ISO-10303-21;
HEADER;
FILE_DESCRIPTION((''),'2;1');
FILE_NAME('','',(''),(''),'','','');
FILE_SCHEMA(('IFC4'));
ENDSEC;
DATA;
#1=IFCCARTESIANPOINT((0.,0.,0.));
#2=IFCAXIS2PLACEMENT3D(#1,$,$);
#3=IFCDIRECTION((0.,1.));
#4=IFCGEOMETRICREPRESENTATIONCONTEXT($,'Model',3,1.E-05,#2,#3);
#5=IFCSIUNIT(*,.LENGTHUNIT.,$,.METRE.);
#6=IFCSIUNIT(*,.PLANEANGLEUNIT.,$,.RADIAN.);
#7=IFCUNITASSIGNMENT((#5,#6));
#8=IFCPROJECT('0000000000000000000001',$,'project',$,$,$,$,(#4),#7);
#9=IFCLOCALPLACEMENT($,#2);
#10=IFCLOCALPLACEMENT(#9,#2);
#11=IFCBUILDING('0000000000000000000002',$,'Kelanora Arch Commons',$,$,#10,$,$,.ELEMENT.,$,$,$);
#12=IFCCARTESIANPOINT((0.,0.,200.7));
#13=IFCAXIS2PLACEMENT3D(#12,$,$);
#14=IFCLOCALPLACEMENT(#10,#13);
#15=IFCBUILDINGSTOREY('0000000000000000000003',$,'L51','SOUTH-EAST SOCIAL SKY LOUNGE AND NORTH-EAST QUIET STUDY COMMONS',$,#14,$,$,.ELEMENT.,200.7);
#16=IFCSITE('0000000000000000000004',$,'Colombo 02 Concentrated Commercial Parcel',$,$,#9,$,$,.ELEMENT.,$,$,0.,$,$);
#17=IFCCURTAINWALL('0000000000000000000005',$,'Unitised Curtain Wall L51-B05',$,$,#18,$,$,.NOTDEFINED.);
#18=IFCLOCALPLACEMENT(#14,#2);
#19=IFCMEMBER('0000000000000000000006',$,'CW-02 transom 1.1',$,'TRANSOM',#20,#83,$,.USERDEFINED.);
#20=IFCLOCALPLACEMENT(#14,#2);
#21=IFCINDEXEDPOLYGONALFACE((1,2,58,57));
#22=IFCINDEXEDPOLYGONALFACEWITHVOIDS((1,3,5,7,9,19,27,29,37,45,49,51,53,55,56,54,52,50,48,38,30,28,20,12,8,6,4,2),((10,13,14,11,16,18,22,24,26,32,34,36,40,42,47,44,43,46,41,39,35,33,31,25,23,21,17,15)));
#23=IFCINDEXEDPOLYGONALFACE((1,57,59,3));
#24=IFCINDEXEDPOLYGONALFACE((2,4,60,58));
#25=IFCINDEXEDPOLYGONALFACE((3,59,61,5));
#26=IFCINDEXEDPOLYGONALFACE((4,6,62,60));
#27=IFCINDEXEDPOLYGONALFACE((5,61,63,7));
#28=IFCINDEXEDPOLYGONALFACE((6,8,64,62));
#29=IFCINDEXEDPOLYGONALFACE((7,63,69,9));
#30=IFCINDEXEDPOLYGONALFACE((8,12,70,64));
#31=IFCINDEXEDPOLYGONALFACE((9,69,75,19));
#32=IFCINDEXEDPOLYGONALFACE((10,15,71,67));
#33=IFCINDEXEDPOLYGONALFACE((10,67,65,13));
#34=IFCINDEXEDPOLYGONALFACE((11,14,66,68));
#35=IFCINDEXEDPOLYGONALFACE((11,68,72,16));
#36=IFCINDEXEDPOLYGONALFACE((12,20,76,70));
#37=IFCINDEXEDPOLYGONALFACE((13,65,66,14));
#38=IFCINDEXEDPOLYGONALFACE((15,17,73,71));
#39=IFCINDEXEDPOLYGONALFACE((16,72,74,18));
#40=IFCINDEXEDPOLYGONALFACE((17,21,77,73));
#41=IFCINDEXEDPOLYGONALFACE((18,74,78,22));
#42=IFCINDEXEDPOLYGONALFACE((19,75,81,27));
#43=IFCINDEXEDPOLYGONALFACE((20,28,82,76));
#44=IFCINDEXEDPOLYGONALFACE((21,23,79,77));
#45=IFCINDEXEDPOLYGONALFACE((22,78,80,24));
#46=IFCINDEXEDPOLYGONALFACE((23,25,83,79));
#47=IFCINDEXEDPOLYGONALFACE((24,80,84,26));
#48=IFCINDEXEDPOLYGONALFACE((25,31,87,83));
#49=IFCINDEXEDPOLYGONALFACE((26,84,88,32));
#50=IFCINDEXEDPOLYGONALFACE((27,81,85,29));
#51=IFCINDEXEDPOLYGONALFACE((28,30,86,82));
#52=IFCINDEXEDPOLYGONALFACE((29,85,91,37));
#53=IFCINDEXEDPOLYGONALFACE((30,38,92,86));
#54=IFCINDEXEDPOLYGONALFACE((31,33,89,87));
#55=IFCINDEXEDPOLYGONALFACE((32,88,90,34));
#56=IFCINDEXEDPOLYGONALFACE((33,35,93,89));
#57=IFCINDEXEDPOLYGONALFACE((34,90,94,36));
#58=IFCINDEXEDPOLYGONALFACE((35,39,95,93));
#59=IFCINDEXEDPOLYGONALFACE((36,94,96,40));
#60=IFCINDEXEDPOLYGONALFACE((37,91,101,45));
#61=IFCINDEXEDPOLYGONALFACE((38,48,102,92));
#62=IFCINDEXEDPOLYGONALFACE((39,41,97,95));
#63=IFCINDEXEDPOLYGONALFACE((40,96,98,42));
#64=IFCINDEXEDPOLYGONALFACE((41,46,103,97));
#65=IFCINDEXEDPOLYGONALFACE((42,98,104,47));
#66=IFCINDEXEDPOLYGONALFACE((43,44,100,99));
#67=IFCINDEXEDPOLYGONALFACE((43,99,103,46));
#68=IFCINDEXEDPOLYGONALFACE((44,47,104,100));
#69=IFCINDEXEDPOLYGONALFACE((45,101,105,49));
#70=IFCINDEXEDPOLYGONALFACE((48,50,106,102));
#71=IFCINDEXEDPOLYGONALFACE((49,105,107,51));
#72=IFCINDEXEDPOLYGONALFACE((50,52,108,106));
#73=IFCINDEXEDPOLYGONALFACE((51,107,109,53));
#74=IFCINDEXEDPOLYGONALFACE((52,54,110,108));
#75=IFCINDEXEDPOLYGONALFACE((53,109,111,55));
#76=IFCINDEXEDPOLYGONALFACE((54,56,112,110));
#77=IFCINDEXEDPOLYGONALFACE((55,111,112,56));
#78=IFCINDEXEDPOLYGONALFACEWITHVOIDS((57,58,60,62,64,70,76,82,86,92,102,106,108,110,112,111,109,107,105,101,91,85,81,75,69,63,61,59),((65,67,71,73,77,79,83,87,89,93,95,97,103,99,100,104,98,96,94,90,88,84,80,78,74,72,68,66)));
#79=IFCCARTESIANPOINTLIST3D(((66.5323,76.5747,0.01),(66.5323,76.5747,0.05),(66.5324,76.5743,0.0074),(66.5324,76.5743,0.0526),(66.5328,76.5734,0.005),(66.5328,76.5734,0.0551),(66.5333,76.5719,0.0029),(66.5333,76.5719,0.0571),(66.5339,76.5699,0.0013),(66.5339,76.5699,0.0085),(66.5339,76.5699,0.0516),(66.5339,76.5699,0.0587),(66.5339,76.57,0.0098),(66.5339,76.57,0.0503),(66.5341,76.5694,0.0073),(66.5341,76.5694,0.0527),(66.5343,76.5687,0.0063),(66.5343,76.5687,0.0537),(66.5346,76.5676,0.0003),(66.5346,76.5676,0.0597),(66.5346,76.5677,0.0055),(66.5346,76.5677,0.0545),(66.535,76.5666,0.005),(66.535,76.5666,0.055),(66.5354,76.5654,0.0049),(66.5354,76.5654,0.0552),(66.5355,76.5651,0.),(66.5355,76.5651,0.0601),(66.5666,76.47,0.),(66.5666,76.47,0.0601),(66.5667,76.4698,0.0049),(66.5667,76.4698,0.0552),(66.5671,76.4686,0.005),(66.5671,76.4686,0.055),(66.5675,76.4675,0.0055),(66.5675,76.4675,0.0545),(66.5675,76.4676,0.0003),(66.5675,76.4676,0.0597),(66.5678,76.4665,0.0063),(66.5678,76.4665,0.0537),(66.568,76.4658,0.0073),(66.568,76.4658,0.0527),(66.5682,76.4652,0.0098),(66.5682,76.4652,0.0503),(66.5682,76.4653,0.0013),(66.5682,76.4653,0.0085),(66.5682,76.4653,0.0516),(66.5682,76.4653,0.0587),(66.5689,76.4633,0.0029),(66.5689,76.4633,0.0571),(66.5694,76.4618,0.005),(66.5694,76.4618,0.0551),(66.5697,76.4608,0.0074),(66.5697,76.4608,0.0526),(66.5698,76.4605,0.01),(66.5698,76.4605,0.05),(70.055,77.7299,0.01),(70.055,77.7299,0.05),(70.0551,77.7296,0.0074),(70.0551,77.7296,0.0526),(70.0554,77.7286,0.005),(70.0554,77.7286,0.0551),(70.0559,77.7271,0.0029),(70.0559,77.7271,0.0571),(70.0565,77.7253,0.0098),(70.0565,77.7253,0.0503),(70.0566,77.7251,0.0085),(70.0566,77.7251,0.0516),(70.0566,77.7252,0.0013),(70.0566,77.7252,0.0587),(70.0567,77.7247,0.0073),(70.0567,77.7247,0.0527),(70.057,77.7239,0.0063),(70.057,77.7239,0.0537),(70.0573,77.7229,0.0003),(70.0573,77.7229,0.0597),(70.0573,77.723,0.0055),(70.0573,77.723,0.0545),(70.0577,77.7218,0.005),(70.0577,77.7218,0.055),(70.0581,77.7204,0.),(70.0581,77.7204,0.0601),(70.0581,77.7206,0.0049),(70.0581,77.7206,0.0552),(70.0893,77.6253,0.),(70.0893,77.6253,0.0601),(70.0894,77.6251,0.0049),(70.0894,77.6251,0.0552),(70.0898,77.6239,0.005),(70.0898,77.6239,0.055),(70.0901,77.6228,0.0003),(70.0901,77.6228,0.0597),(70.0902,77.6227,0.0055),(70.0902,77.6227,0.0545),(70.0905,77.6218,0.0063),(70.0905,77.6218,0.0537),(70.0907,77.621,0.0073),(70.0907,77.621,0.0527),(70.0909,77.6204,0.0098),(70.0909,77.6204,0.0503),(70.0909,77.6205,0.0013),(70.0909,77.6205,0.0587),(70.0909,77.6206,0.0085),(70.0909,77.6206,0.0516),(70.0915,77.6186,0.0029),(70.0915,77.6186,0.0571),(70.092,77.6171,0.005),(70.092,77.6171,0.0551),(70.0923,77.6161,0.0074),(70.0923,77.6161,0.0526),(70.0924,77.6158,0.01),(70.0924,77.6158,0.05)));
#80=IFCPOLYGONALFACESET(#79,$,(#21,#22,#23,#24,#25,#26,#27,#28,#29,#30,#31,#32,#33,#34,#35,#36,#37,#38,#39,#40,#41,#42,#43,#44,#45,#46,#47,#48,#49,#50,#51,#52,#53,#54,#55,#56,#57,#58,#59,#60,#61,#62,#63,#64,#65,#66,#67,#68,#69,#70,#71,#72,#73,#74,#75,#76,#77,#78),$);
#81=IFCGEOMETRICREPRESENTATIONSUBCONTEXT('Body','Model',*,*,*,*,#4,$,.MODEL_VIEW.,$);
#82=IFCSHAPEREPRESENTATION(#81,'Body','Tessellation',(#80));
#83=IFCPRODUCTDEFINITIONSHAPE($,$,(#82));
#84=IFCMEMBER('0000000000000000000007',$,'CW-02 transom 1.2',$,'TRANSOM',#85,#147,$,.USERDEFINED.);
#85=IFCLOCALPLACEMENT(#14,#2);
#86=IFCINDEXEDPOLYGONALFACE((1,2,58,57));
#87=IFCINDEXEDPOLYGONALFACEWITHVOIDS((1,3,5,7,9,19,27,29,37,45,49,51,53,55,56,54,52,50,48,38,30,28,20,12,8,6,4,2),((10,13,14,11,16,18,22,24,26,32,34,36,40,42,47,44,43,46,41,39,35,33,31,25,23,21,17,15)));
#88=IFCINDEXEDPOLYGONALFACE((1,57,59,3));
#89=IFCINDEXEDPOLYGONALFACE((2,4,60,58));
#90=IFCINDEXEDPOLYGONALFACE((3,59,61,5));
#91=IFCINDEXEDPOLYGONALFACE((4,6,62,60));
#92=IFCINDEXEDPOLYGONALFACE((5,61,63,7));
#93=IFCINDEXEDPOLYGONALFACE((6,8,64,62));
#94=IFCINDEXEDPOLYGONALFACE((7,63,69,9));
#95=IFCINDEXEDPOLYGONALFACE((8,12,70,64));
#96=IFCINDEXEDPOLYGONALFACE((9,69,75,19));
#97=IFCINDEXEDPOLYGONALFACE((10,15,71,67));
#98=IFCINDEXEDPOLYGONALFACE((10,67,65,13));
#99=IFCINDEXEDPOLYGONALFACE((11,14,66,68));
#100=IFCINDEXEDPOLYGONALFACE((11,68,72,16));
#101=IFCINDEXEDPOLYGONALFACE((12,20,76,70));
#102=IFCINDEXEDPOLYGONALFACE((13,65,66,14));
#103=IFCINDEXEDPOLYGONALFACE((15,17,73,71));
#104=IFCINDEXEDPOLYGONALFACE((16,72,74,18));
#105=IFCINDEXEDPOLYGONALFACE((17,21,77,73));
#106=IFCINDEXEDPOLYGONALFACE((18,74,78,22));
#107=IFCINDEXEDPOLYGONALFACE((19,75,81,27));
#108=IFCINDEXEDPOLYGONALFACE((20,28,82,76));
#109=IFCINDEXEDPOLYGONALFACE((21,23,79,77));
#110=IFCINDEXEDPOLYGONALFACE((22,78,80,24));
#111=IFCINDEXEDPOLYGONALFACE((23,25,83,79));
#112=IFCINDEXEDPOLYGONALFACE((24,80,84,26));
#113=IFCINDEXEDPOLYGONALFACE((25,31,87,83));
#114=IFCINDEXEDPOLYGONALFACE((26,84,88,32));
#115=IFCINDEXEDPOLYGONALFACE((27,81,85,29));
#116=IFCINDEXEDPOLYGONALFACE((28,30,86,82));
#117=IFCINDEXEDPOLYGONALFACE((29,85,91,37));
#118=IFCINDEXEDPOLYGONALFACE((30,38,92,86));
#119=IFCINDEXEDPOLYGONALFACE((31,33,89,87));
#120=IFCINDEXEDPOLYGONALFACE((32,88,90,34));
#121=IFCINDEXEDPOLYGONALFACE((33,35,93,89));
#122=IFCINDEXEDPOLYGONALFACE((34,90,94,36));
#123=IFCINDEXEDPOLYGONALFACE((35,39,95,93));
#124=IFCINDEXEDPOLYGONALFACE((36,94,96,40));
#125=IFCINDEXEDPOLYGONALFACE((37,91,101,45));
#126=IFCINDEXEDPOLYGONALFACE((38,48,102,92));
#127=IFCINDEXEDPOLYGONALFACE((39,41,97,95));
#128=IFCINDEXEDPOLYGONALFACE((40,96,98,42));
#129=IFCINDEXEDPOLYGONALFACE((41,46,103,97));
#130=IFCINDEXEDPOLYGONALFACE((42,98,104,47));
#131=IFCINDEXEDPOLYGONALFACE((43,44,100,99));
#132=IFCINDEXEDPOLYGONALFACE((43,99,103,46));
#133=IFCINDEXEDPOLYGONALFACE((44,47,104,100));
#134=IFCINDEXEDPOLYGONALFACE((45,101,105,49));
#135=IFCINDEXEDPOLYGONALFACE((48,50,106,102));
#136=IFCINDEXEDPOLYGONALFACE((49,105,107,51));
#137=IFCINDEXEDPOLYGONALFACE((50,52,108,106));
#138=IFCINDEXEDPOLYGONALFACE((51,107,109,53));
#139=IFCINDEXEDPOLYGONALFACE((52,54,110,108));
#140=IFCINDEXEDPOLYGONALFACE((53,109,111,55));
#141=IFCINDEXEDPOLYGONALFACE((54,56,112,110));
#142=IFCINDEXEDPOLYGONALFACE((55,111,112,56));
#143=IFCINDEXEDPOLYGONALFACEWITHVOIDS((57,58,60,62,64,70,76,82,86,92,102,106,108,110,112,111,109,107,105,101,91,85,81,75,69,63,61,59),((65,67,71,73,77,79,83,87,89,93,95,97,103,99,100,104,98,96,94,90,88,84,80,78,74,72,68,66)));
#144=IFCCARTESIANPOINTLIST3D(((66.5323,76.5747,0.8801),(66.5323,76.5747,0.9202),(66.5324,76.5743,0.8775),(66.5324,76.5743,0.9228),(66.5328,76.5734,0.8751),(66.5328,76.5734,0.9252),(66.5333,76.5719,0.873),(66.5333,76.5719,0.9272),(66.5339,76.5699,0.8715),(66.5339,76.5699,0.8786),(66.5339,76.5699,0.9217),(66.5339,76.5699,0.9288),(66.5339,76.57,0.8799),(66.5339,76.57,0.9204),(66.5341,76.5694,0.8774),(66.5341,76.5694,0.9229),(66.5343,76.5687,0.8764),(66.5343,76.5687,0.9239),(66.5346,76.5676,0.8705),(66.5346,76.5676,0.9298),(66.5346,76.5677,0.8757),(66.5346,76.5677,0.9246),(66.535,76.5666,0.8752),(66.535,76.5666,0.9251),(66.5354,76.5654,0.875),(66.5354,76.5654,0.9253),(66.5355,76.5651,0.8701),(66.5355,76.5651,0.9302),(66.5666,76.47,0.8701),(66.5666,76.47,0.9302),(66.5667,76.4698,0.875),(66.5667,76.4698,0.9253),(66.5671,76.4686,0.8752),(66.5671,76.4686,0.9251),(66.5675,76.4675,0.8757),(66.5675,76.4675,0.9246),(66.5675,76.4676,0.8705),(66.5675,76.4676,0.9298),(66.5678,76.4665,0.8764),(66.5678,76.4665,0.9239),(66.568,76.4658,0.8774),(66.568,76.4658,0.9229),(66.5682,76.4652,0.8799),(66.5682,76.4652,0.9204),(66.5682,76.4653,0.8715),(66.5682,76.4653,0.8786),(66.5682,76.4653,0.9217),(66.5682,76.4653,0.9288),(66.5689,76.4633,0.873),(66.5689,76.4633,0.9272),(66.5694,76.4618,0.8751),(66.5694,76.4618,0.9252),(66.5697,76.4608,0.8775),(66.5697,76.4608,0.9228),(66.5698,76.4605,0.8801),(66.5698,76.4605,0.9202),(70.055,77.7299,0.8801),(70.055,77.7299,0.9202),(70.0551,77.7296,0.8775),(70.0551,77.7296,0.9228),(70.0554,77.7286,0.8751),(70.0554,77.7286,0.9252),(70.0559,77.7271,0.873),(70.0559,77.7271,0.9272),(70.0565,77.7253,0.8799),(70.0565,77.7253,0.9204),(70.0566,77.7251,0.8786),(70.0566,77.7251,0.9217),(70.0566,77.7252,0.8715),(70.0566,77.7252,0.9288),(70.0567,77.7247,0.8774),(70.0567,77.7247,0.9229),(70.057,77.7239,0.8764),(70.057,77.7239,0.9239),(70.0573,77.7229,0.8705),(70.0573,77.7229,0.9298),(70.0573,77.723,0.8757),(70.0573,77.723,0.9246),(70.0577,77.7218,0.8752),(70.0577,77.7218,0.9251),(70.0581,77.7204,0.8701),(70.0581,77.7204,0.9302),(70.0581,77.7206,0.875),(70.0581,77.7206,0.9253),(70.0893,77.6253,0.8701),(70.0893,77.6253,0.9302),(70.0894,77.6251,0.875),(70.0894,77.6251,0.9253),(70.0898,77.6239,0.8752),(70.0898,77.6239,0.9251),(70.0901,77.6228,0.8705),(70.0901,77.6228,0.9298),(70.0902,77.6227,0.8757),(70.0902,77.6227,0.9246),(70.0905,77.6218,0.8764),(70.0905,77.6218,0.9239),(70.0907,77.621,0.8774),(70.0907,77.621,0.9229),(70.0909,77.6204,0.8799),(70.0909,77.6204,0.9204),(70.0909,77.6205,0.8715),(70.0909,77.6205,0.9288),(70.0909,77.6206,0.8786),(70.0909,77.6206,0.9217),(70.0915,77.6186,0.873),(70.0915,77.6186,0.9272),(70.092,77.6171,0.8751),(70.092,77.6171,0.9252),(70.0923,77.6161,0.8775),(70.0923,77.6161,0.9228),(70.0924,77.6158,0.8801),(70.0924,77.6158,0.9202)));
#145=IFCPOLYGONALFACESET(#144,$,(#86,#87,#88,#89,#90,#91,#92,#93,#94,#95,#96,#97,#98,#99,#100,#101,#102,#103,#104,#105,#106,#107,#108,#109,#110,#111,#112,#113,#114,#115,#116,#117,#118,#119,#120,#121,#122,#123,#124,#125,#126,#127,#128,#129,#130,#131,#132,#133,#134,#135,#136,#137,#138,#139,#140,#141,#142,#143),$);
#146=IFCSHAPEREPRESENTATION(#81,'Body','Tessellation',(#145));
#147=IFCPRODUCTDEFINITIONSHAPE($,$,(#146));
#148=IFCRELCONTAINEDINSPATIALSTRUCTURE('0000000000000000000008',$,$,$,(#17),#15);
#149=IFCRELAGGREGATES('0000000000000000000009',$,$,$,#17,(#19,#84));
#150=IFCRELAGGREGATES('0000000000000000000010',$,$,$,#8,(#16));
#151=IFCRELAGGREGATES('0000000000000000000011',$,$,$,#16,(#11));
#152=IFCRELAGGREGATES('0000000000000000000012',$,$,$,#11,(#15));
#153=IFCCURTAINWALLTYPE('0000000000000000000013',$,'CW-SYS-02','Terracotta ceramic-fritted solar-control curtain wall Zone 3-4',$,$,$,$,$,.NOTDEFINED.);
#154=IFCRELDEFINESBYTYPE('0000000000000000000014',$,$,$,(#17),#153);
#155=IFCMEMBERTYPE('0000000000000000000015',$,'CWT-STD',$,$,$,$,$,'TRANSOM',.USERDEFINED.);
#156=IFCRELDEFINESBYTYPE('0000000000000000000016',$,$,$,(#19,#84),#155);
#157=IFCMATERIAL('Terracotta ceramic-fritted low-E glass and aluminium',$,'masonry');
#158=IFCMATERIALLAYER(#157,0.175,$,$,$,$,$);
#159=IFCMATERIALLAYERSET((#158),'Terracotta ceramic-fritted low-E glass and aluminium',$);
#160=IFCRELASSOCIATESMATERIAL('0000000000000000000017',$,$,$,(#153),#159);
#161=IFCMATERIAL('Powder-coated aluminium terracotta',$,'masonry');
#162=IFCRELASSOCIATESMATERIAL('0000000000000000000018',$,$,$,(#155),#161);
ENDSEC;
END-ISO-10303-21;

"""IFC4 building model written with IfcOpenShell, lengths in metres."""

from ifc_helpers import new_model, si_unit, direction, frame, origin, origin_2d, place, context, subcontext, project, spatial, hollow_rectangle, extrude, material, layer, layer_set, material_profile, profile_set, type_object, element, aggregate, save


model = new_model("IFC4")

# Units and contexts
model_context = context("Model", 3, precision=1e-05, world=origin(), true_north=direction((0.0, 1.0)))
body_context = subcontext(model_context, "Body", "Model", "MODEL_VIEW")
ifc_project = project(units=[si_unit("LENGTHUNIT", "METRE"), si_unit("PLANEANGLEUNIT", "RADIAN")], contexts=[model_context])

# Site, building, storey
site_placement = place(None, origin())
site = spatial("IfcSite", under=ifc_project, at=site_placement, Name="Colombo 02 Concentrated Commercial Parcel", CompositionType="ELEMENT", RefElevation=0.0)
building_placement = place(site_placement, origin())
building = spatial("IfcBuilding", under=site, at=building_placement, Name="Kelanora Arch Commons", CompositionType="ELEMENT")
storey_placement = place(building_placement, frame((0.0, 0.0, 200.7)))
storey = spatial("IfcBuildingStorey", under=building, at=storey_placement, Name="L51", Description="SOUTH-EAST SOCIAL SKY LOUNGE AND NORTH-EAST QUIET STUDY COMMONS", CompositionType="ELEMENT", Elevation=200.7)

# Curtain wall, members
ifc_material_1 = material(Name="Terracotta ceramic-fritted low-E glass and aluminium", Category="masonry")
ifc_layer_1 = layer(ifc_material_1, 0.175)
ifc_layer_set_1 = layer_set([ifc_layer_1], Name="Terracotta ceramic-fritted low-E glass and aluminium")
curtain_wall_type = type_object("IfcCurtainWallType", Name="CW-SYS-02", Description="Terracotta ceramic-fritted solar-control curtain wall Zone 3-4", PredefinedType="NOTDEFINED", material=ifc_layer_set_1)
curtain_wall_placement = place(storey_placement, origin())
curtain_wall = element("IfcCurtainWall", 1, at=curtain_wall_placement, inside=storey, type_object=curtain_wall_type, Name="Unitised Curtain Wall L51-B05", PredefinedType="NOTDEFINED")
ifc_material_2 = material(Name="Powder-coated aluminium terracotta", Category="masonry")
ifc_material_profile_1 = material_profile(ifc_material_2, hollow_rectangle(XDim=0.1201, YDim=0.0601, WallThickness=0.0049, InnerFilletRadius=0.0049, OuterFilletRadius=0.01, at=origin_2d()), Name="CWT120x60")
ifc_profile_set_1 = profile_set([ifc_material_profile_1], Name="Powder-coated aluminium terracotta")
member_type_1 = type_object("IfcMemberType", Name="CWT-STD", ElementType="TRANSOM", PredefinedType="USERDEFINED", material=ifc_profile_set_1)
member_1_placement = place(storey_placement, frame((70.0737, 77.6729, 0.03), z_axis=(-0.950207, -0.311621, 0.0), x_axis=(0.311621, -0.950207, 0.0)))
member_1 = element("IfcMember", 2, at=member_1_placement, type_object=member_type_1, Name="CW-02 transom 1.1", ObjectType="TRANSOM", PredefinedType="USERDEFINED", context=body_context, shape_type="SweptSolid", body=[
    extrude(hollow_rectangle(XDim=0.1201, YDim=0.0601, WallThickness=0.0049, InnerFilletRadius=0.0049, OuterFilletRadius=0.01, at=origin_2d()), origin(), (0.0, 0.0, 1.0), 3.7073),
])
member_2_placement = place(storey_placement, frame((70.0737, 77.6729, 0.9001), z_axis=(-0.950207, -0.311621, 0.0), x_axis=(0.311621, -0.950207, 0.0)))
member_2 = element("IfcMember", 3, at=member_2_placement, type_object=member_type_1, Name="CW-02 transom 1.2", ObjectType="TRANSOM", PredefinedType="USERDEFINED", context=body_context, shape_type="SweptSolid", body=[
    extrude(hollow_rectangle(XDim=0.1201, YDim=0.0601, WallThickness=0.0049, InnerFilletRadius=0.0049, OuterFilletRadius=0.01, at=origin_2d()), origin(), (0.0, 0.0, 1.0), 3.7073),
])
aggregate(curtain_wall, [member_1, member_2])

save(model, "model.ifc")
